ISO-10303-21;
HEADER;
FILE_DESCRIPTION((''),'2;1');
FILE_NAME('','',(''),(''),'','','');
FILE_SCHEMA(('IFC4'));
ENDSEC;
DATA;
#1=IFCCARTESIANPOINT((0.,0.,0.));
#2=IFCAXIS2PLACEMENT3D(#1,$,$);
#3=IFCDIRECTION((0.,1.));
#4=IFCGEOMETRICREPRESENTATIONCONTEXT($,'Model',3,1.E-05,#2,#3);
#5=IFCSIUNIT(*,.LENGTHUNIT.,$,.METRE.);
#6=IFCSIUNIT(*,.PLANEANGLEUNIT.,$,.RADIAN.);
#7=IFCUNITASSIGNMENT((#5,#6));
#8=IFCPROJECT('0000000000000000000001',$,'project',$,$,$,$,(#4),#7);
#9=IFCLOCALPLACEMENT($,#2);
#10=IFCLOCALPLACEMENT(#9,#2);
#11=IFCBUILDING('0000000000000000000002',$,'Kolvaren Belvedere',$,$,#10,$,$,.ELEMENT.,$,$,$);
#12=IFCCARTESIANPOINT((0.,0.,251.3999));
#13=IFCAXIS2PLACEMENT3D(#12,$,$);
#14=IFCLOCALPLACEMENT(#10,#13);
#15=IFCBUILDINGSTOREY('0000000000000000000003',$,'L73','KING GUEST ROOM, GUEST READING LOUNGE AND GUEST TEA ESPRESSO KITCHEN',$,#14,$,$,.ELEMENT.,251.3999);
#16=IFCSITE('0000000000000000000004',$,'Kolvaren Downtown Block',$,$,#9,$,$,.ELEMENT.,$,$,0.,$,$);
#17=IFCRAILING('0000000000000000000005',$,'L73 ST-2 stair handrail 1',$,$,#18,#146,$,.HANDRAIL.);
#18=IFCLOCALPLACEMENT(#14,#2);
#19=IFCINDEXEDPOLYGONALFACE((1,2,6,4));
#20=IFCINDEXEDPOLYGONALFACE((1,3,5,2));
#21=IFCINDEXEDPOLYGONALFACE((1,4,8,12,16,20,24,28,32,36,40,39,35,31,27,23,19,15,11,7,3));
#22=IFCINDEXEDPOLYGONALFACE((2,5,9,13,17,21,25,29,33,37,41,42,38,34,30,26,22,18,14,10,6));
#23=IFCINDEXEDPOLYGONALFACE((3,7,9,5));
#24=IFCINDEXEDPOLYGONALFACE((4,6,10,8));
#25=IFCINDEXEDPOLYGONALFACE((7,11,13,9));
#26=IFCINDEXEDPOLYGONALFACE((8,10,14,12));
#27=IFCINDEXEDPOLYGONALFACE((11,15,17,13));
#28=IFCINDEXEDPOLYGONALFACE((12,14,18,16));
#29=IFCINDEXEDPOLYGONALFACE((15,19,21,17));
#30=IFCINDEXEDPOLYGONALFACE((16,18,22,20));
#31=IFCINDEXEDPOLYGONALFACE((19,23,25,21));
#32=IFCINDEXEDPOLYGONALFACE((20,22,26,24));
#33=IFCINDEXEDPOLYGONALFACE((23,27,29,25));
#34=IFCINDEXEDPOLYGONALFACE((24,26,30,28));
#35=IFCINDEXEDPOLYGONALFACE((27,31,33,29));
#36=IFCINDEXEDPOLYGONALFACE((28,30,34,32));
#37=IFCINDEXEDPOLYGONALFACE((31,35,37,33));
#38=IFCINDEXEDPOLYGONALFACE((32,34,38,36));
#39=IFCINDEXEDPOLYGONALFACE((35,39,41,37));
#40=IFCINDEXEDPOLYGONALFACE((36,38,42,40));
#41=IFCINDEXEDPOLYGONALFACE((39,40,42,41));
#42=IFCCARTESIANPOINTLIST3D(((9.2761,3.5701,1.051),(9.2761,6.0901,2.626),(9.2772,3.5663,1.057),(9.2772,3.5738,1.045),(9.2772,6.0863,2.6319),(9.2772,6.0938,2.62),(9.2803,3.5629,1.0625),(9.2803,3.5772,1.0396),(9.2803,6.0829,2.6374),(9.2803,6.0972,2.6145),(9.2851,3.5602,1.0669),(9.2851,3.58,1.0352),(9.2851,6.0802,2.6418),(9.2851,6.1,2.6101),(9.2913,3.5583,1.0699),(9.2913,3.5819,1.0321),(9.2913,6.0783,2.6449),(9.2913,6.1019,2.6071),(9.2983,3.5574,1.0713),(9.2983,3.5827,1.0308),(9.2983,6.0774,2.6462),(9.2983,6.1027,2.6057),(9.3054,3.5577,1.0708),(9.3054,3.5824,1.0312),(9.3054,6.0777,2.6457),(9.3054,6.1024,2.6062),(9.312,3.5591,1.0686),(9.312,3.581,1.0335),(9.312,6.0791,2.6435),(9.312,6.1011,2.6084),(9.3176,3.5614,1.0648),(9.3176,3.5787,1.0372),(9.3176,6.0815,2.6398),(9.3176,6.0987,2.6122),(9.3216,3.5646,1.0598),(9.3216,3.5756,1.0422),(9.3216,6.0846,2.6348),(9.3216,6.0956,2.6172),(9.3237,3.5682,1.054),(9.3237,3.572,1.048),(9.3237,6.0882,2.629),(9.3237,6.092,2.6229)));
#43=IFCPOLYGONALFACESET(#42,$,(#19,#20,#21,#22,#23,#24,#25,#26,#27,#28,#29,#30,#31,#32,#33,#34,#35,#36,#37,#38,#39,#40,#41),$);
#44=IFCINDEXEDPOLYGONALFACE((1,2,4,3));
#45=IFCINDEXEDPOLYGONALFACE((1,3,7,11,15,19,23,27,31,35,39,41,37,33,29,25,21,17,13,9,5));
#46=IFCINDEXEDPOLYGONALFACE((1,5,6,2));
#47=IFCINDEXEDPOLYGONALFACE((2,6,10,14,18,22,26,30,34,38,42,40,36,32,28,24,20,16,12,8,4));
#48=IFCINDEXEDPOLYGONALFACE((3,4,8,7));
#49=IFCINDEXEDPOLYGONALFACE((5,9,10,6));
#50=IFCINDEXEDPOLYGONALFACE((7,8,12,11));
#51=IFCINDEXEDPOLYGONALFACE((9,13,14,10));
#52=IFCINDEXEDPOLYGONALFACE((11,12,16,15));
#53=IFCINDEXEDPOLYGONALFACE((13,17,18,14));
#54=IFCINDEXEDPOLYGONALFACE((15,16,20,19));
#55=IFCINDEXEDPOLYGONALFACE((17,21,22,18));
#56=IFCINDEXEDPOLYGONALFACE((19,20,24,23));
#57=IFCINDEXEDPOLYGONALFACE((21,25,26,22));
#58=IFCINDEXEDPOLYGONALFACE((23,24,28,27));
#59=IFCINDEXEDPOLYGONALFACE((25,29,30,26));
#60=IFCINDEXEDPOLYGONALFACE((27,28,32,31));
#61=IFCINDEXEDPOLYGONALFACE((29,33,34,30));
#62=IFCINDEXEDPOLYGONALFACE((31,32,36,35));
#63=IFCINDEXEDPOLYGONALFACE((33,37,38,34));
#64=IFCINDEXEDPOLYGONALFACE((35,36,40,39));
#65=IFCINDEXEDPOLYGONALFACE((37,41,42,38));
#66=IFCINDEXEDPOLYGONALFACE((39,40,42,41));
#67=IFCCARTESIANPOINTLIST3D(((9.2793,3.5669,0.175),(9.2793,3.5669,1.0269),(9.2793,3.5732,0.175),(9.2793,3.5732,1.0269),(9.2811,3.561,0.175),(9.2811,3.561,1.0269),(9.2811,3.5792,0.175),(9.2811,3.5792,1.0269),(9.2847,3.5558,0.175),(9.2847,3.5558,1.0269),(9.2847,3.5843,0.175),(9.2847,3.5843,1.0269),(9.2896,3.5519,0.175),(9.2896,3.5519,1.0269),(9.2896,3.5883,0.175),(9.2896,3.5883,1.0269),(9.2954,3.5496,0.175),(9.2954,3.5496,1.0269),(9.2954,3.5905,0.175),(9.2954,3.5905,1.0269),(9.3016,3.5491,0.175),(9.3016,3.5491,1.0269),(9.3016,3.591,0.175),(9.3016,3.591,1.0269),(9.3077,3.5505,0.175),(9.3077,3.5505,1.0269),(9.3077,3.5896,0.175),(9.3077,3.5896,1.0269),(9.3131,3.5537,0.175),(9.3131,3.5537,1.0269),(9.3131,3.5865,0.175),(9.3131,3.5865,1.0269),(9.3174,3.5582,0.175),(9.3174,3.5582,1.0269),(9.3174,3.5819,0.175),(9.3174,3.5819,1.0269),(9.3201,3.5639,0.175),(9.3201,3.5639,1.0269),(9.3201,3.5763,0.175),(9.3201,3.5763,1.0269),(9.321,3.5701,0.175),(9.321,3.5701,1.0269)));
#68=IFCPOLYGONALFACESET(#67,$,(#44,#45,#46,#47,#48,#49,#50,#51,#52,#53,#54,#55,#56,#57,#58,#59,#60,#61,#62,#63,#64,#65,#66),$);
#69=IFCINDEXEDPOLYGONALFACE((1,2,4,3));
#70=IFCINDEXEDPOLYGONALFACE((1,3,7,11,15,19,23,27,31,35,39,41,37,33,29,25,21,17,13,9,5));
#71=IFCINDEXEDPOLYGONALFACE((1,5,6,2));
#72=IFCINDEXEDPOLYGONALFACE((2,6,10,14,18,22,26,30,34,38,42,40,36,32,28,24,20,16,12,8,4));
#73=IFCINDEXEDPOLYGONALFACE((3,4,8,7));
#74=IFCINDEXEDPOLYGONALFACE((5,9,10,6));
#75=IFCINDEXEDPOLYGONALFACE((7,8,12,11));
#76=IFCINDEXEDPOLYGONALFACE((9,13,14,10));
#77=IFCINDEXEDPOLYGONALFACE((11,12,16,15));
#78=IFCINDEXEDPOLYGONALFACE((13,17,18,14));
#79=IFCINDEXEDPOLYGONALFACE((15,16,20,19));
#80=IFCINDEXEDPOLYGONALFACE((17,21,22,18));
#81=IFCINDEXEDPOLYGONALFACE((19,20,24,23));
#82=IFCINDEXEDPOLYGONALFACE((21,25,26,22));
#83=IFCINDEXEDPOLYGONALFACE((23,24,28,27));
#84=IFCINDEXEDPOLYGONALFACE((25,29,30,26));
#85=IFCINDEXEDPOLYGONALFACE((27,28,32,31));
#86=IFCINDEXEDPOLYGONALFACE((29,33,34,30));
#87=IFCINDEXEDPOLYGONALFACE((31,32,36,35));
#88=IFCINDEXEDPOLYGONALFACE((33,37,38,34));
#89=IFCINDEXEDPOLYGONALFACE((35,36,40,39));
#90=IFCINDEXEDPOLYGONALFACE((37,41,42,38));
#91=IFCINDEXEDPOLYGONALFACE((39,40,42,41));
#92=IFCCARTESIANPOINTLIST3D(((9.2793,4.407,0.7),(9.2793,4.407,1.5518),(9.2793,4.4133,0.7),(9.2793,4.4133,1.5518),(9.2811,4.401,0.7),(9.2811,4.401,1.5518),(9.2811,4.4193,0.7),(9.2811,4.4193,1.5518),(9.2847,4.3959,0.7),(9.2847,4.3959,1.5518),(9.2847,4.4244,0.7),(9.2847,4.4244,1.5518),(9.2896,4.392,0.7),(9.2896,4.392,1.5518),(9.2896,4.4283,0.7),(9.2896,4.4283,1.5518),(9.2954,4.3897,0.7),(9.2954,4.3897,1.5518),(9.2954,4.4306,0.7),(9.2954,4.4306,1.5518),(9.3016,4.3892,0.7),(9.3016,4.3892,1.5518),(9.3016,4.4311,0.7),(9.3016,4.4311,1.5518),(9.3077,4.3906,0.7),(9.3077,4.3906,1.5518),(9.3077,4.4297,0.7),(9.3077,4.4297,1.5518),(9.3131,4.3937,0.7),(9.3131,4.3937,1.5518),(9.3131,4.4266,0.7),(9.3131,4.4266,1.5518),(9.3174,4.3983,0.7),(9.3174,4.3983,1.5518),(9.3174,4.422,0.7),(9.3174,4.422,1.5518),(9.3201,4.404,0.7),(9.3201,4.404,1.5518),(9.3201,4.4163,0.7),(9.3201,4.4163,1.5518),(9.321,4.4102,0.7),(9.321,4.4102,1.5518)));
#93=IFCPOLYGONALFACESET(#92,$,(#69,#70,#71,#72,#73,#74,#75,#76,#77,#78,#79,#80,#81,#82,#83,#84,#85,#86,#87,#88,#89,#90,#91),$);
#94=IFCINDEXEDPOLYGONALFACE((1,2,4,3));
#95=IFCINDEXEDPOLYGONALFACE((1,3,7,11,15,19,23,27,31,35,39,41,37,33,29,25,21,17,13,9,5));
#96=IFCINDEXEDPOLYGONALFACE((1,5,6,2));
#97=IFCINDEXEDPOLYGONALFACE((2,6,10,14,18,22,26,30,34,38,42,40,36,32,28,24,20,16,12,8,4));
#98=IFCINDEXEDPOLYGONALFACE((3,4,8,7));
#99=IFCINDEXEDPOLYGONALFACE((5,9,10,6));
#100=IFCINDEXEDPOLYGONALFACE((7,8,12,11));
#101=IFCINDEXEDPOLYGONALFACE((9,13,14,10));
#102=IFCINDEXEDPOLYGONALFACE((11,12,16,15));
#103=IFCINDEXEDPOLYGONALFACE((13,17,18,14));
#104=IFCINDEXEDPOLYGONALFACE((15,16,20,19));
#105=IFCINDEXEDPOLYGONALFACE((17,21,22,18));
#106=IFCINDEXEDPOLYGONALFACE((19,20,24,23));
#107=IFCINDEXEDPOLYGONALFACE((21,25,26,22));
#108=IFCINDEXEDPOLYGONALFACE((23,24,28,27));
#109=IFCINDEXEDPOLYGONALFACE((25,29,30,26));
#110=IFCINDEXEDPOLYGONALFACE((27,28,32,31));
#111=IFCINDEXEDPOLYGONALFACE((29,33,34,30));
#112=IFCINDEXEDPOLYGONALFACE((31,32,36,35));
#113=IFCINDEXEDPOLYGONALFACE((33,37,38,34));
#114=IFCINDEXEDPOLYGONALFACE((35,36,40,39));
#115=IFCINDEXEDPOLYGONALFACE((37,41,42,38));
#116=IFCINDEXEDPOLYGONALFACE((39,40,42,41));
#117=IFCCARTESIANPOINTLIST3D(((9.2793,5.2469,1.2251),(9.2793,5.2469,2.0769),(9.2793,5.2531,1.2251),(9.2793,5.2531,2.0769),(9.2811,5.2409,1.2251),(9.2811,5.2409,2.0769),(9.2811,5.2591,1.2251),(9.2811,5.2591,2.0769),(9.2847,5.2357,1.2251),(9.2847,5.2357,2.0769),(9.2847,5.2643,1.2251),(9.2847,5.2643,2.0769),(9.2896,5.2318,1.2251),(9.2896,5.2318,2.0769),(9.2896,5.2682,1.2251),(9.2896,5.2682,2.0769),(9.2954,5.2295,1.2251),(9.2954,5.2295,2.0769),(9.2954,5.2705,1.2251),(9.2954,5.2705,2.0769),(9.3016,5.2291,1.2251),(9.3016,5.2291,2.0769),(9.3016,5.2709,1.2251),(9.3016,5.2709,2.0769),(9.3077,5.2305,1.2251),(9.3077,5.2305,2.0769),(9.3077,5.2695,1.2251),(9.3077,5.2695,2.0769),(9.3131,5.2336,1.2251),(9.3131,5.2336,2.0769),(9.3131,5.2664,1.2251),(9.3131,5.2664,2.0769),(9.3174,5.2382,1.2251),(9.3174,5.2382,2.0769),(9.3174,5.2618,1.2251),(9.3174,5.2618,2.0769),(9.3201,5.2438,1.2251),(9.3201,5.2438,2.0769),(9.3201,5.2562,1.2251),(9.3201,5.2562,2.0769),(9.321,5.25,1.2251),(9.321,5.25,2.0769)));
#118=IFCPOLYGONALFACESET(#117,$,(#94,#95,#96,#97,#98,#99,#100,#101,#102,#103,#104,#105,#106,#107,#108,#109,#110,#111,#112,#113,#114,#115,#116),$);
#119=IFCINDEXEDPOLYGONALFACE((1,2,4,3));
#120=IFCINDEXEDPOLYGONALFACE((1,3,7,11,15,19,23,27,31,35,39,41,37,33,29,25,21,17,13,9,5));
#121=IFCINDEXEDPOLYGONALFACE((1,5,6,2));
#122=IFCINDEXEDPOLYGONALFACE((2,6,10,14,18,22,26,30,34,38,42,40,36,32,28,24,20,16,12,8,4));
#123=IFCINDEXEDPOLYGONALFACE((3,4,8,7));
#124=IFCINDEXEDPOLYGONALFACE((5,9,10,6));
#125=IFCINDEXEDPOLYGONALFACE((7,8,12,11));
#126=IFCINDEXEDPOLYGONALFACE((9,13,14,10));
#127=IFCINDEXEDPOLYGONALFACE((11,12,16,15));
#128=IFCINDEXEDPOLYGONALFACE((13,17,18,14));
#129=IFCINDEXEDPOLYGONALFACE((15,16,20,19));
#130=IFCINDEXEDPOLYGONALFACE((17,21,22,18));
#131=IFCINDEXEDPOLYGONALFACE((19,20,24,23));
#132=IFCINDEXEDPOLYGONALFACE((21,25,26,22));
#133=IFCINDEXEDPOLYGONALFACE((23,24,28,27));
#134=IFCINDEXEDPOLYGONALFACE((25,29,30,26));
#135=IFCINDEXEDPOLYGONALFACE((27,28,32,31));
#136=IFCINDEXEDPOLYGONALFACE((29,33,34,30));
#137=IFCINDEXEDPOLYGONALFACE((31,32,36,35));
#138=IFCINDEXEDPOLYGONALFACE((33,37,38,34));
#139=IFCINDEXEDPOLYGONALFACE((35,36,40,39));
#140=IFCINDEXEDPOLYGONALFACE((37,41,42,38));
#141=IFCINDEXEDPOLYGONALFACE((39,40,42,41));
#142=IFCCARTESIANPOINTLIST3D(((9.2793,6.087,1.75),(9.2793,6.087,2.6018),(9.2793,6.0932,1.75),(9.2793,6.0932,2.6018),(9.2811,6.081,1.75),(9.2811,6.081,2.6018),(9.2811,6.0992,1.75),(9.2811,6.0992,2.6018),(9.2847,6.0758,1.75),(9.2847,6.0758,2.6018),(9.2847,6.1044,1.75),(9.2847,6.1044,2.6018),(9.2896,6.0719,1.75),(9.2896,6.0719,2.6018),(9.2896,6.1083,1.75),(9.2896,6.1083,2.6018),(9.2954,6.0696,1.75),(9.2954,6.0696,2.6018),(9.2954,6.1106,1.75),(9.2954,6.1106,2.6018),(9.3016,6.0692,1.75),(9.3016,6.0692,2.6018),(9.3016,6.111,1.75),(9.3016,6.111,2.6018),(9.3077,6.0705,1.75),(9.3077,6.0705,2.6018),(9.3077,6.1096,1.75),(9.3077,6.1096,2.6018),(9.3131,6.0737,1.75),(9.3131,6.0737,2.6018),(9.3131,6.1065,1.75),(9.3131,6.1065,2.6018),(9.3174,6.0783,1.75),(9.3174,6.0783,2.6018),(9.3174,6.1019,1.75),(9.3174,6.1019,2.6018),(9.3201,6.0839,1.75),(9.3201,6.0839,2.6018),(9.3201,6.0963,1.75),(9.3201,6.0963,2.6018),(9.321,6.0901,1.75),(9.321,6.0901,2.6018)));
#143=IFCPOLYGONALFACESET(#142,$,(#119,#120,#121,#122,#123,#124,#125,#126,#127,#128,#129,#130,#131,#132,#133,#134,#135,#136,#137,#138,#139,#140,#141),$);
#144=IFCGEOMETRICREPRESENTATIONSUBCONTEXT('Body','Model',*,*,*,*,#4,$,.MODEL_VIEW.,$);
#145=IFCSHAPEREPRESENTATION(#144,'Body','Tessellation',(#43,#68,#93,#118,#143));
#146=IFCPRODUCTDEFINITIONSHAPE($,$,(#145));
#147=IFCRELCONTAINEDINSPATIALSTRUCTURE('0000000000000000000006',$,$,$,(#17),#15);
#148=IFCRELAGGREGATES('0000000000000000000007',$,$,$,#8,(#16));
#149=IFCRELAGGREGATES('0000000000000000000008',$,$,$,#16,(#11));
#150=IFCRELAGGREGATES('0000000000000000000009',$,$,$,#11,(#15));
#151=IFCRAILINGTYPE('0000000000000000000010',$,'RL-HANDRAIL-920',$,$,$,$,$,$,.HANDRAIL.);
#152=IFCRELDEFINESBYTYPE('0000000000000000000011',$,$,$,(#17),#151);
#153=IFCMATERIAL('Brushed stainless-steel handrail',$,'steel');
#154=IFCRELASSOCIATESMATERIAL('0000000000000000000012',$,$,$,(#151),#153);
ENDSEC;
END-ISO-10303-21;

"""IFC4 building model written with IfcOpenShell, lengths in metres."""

from ifc_helpers import new_model, si_unit, direction, frame, origin, origin_2d, place, context, subcontext, project, spatial, circle, extrude, material, type_object, element, save


model = new_model("IFC4")

# Units and contexts
model_context = context("Model", 3, precision=1e-05, world=origin(), true_north=direction((0.0, 1.0)))
body_context = subcontext(model_context, "Body", "Model", "MODEL_VIEW")
ifc_project = project(units=[si_unit("LENGTHUNIT", "METRE"), si_unit("PLANEANGLEUNIT", "RADIAN")], contexts=[model_context])

# Site, building, storey
site_placement = place(None, origin())
site = spatial("IfcSite", under=ifc_project, at=site_placement, Name="Kolvaren Downtown Block", CompositionType="ELEMENT", RefElevation=0.0)
building_placement = place(site_placement, origin())
building = spatial("IfcBuilding", under=site, at=building_placement, Name="Kolvaren Belvedere", CompositionType="ELEMENT")
storey_placement = place(building_placement, frame((0.0, 0.0, 251.3999)))
storey = spatial("IfcBuildingStorey", under=building, at=storey_placement, Name="L73", Description="KING GUEST ROOM, GUEST READING LOUNGE AND GUEST TEA ESPRESSO KITCHEN", CompositionType="ELEMENT", Elevation=251.3999)

# Railing
ifc_material_1 = material(Name="Brushed stainless-steel handrail", Category="steel")
railing_type_1 = type_object("IfcRailingType", Name="RL-HANDRAIL-920", PredefinedType="HANDRAIL", material=ifc_material_1)
railing_1_placement = place(storey_placement, frame((9.3, 3.5701, 0.175)))
element("IfcRailing", 1, at=railing_1_placement, inside=storey, type_object=railing_type_1, Name="L73 ST-2 stair handrail 1", PredefinedType="HANDRAIL", context=body_context, shape_type="SweptSolid", body=[
    extrude(circle(Radius=0.0239, at=origin_2d()), frame((0.0, 0.0, 0.876), z_axis=(0.0, 0.848008, 0.529984), x_axis=(-1.0, 0.0, 0.0)), (0.0, 0.0, 1.0), 2.9717),
    extrude(circle(Radius=0.021, at=origin_2d()), origin(), (0.0, 0.0, 1.0), 0.8518),
    extrude(circle(Radius=0.021, at=origin_2d()), frame((0.0, 0.8401, 0.5249)), (0.0, 0.0, 1.0), 0.8518),
    extrude(circle(Radius=0.021, at=origin_2d()), frame((0.0, 1.6799, 1.05)), (0.0, 0.0, 1.0), 0.8518),
    extrude(circle(Radius=0.021, at=origin_2d()), frame((0.0, 2.52, 1.575)), (0.0, 0.0, 1.0), 0.8518),
])

save(model, "model.ifc")
